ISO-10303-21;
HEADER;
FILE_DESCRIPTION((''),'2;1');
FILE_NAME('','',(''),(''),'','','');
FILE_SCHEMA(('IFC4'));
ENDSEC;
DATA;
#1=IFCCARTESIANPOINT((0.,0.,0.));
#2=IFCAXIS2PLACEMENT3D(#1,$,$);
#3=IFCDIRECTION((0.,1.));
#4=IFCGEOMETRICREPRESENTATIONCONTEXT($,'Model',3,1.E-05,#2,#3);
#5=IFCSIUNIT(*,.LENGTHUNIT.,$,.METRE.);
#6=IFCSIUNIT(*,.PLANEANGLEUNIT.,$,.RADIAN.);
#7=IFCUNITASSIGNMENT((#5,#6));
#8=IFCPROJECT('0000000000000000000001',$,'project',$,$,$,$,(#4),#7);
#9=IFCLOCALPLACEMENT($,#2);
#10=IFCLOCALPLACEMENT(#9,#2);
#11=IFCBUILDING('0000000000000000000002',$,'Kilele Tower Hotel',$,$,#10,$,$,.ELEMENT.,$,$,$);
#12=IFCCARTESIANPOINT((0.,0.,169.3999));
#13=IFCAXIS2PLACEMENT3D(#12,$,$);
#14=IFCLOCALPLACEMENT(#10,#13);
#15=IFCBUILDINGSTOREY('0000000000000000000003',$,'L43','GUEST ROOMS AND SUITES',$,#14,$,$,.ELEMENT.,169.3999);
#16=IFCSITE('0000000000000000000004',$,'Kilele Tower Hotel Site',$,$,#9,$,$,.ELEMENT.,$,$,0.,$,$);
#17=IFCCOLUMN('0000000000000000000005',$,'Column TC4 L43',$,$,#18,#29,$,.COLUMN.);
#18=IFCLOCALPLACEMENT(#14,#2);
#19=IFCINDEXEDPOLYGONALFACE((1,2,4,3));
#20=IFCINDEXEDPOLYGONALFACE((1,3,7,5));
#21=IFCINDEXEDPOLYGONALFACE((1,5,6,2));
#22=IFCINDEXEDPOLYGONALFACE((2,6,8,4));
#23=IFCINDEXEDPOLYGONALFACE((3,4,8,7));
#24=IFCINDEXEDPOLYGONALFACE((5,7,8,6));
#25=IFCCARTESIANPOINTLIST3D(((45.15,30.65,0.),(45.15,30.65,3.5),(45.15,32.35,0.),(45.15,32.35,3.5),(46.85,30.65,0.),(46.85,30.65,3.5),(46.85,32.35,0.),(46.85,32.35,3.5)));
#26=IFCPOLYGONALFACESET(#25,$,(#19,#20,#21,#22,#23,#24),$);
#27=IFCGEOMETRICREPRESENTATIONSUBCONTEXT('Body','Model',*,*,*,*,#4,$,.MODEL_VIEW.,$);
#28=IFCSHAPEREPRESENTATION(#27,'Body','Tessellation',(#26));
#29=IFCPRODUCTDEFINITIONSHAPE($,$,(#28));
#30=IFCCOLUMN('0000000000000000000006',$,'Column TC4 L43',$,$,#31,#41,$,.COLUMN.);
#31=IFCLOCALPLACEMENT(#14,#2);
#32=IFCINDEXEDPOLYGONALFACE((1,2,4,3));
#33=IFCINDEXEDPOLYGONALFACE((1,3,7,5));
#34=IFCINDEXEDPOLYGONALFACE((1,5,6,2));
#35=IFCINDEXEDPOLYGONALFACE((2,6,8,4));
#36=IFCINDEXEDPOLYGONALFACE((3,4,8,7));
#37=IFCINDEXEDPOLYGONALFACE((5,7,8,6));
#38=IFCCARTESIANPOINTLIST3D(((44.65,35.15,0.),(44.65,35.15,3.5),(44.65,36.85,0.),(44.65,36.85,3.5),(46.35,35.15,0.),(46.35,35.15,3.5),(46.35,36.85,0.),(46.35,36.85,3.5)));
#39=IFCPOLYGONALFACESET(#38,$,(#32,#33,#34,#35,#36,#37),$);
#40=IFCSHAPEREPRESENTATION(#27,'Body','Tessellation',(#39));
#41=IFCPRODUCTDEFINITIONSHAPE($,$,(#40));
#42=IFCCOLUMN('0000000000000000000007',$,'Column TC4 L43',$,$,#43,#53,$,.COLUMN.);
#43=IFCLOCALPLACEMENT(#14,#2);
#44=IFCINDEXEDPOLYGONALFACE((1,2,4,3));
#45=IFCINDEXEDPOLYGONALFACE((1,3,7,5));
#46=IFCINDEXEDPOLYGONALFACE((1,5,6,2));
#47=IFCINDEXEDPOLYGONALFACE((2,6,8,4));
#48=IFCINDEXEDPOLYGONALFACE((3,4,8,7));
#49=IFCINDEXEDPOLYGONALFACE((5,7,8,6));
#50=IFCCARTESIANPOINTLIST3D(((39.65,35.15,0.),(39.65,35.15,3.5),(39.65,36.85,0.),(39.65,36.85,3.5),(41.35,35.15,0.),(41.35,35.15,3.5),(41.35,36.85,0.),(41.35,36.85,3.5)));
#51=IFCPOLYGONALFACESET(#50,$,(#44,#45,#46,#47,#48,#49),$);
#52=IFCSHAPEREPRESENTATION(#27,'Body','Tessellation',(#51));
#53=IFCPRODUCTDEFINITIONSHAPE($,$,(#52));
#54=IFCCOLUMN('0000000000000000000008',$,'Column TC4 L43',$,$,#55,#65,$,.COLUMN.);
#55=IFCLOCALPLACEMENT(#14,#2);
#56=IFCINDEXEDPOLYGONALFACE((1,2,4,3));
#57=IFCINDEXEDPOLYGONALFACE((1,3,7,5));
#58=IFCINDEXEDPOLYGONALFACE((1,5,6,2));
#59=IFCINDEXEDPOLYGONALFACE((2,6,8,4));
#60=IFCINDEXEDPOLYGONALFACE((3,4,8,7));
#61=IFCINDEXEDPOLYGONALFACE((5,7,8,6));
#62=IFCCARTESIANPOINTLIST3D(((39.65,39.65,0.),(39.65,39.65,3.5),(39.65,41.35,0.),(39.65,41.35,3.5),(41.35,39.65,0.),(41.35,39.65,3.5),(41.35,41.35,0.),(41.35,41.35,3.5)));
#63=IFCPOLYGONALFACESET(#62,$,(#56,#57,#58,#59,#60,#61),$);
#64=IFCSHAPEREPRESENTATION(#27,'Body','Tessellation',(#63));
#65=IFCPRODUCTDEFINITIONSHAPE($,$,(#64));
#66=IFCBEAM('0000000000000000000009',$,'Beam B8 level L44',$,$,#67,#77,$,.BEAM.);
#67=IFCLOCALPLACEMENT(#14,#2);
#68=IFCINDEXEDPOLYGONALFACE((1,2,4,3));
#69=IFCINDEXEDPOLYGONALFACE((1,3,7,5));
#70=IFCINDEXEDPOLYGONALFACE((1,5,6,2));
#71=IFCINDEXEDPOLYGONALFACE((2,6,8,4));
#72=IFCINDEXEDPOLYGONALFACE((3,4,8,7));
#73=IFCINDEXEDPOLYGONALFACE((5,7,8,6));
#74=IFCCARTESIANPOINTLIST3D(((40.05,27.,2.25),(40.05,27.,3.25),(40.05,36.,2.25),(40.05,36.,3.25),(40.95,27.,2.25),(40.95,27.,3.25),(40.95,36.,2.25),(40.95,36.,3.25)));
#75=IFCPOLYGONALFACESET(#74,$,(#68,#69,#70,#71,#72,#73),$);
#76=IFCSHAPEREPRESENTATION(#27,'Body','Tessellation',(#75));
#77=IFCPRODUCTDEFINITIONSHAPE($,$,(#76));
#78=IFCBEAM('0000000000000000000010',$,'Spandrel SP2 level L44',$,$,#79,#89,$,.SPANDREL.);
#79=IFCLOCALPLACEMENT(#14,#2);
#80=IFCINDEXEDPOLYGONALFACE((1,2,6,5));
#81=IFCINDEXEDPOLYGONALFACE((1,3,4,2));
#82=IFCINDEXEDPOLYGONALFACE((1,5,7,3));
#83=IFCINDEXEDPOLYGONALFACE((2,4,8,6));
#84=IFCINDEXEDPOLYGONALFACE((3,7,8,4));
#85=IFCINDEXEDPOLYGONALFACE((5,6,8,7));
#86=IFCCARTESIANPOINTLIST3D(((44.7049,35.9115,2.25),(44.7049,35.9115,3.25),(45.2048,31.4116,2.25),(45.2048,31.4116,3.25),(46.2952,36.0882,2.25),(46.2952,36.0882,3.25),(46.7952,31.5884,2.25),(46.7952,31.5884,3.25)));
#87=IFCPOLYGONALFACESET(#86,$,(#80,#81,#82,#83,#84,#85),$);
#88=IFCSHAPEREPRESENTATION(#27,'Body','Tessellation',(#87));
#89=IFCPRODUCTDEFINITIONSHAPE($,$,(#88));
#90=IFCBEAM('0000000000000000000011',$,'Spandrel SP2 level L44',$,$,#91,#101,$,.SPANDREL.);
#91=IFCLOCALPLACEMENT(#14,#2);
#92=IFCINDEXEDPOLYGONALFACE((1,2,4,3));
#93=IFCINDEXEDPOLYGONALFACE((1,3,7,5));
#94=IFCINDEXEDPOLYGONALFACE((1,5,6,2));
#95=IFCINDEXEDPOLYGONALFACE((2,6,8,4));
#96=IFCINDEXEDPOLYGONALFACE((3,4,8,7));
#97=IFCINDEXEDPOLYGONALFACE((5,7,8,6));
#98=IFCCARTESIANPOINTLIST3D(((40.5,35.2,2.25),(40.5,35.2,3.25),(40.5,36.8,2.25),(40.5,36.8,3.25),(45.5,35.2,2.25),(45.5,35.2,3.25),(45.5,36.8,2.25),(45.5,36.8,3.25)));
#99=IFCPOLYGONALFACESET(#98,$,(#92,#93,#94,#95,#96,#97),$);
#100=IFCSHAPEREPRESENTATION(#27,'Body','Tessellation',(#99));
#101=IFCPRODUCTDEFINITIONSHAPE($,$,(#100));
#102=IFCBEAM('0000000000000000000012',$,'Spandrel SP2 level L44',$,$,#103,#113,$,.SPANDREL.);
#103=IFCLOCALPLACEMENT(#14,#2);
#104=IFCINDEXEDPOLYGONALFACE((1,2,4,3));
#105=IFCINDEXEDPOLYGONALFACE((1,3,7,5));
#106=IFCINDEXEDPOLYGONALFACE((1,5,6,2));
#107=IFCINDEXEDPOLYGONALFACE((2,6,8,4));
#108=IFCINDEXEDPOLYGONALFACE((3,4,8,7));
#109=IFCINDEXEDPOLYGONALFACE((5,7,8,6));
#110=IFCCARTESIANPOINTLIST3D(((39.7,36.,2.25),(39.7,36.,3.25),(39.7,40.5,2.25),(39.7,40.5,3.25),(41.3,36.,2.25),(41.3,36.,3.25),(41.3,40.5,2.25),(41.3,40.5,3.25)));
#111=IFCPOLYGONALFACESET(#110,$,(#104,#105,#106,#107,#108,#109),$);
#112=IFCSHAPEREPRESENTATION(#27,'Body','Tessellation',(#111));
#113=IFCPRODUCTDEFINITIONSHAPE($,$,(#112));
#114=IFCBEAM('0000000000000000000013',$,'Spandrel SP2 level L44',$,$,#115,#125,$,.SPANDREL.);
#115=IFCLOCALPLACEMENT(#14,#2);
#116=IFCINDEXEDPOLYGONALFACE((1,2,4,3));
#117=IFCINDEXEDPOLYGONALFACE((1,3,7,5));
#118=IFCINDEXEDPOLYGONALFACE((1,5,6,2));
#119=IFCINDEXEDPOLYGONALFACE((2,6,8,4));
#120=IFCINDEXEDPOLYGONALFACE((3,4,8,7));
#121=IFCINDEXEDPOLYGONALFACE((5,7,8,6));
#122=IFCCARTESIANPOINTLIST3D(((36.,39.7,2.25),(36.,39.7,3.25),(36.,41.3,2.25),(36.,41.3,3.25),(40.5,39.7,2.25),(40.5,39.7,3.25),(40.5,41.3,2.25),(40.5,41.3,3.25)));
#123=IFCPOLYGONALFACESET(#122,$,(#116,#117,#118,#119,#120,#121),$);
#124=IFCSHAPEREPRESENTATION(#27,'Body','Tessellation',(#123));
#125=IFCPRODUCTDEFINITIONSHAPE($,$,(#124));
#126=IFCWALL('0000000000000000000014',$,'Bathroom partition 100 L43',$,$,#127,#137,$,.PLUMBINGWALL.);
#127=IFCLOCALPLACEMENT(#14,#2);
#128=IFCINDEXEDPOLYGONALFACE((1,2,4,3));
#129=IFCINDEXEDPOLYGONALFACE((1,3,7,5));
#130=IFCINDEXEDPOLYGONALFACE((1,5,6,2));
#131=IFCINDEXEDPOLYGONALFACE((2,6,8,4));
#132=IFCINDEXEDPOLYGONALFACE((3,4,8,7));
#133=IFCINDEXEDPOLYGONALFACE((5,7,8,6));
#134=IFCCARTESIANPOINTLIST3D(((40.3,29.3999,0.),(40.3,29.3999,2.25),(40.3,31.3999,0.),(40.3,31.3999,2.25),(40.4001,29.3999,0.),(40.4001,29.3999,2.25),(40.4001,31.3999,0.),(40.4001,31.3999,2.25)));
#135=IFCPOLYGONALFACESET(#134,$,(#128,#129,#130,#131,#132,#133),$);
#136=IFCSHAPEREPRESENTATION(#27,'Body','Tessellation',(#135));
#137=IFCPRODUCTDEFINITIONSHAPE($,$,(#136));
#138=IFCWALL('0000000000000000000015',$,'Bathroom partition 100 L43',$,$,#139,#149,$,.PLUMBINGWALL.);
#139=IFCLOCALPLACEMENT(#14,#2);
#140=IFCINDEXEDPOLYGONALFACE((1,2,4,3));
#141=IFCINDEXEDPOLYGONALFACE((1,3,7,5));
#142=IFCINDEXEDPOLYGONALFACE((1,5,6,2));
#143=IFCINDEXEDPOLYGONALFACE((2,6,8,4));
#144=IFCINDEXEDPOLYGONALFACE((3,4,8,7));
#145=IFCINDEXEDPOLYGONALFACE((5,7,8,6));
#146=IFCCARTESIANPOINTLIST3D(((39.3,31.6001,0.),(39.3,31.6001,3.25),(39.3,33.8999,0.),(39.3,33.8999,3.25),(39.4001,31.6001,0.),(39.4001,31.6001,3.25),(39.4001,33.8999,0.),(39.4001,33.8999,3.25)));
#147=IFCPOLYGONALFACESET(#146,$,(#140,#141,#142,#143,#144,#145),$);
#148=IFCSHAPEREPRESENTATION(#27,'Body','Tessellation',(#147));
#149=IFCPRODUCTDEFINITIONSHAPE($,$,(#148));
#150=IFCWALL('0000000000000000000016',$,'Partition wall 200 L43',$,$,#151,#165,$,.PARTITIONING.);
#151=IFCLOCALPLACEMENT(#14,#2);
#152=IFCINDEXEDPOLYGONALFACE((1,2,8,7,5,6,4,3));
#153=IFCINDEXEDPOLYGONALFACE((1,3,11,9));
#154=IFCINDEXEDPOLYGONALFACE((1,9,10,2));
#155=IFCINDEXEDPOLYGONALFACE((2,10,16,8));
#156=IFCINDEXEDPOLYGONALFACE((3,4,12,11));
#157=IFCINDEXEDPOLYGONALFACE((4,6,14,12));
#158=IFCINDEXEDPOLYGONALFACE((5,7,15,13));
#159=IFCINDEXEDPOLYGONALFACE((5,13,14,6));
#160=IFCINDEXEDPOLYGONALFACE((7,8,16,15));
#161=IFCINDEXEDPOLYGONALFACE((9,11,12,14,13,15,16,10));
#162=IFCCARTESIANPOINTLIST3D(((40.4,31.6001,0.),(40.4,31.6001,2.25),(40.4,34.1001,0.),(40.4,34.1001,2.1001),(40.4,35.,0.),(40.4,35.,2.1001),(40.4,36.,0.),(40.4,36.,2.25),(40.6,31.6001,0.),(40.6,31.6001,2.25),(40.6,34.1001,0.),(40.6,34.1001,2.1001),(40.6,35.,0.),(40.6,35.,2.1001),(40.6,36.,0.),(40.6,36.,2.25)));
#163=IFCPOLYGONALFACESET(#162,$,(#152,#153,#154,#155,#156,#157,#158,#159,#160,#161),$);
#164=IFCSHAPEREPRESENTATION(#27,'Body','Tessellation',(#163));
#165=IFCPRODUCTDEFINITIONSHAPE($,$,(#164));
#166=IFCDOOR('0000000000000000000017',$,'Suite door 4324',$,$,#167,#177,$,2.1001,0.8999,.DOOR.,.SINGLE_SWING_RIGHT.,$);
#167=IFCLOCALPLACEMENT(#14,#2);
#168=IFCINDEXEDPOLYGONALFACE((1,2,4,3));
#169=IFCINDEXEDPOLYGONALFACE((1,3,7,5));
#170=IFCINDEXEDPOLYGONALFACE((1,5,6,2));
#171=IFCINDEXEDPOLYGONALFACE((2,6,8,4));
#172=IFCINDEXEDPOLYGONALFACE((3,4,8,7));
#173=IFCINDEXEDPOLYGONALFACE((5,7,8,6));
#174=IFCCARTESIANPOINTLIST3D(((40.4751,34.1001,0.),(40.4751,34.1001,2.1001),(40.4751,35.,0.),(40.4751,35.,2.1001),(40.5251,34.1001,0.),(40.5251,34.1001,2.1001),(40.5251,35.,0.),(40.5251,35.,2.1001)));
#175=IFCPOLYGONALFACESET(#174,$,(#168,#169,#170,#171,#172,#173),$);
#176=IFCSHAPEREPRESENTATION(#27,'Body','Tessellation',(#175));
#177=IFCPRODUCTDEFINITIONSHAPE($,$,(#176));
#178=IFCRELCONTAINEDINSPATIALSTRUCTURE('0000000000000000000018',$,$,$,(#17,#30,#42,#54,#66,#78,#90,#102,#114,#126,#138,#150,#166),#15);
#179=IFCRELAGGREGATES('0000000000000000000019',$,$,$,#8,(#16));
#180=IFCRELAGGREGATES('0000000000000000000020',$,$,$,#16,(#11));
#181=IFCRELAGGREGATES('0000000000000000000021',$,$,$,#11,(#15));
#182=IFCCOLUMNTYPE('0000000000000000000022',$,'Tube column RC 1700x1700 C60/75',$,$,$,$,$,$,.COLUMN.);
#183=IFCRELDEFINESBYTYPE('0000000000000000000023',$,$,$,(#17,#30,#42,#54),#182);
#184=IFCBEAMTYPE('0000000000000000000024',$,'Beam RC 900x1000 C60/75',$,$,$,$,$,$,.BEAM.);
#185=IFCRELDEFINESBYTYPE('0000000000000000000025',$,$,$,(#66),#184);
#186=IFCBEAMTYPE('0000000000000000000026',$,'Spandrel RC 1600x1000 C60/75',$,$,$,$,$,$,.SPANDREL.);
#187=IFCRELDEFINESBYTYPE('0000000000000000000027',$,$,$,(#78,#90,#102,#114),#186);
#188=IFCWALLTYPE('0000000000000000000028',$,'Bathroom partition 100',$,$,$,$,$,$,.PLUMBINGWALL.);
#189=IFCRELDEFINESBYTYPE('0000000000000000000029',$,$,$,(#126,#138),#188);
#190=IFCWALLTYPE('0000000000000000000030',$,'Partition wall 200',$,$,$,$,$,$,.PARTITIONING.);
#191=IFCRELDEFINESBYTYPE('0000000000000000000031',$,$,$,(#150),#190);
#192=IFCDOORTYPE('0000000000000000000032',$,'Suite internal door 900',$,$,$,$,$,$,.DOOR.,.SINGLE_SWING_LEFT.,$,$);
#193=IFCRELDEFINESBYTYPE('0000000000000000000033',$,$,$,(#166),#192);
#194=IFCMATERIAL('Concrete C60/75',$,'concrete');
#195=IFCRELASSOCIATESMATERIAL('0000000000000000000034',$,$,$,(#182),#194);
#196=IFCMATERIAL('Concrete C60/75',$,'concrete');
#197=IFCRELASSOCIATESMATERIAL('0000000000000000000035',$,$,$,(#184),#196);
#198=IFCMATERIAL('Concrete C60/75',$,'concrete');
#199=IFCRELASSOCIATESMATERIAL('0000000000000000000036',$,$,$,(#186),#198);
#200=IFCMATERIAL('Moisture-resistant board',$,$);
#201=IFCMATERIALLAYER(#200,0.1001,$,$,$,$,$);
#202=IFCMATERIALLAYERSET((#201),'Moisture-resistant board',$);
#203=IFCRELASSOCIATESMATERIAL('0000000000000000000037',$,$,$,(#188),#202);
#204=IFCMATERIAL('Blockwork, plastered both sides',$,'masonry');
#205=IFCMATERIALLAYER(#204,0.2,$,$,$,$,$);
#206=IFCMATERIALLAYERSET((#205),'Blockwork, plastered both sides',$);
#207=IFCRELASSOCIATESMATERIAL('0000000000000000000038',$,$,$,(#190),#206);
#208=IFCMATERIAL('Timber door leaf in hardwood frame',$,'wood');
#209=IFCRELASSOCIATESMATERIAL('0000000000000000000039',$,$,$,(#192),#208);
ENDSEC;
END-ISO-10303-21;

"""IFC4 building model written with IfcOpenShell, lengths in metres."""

from ifc_helpers import new_model, si_unit, direction, frame, frame_2d, origin, origin_2d, place, context, subcontext, project, spatial, rectangle, extrude, material, layer, layer_set, material_profile, profile_set, type_object, element, fill, save


model = new_model("IFC4")

# Units and contexts
model_context = context("Model", 3, precision=1e-05, world=origin(), true_north=direction((0.0, 1.0)))
body_context = subcontext(model_context, "Body", "Model", "MODEL_VIEW")
ifc_project = project(units=[si_unit("LENGTHUNIT", "METRE"), si_unit("PLANEANGLEUNIT", "RADIAN")], contexts=[model_context])

# Site, building, storey
site_placement = place(None, origin())
site = spatial("IfcSite", under=ifc_project, at=site_placement, Name="Kilele Tower Hotel Site", CompositionType="ELEMENT", RefElevation=0.0)
building_placement = place(site_placement, origin())
building = spatial("IfcBuilding", under=site, at=building_placement, Name="Kilele Tower Hotel", CompositionType="ELEMENT")
storey_placement = place(building_placement, frame((0.0, 0.0, 169.3999)))
storey = spatial("IfcBuildingStorey", under=building, at=storey_placement, Name="L43", Description="GUEST ROOMS AND SUITES", CompositionType="ELEMENT", Elevation=169.3999)

# Columns
ifc_material_1 = material(Name="Concrete C60/75", Category="concrete")
ifc_material_profile_1 = material_profile(ifc_material_1, rectangle(XDim=1.7, YDim=1.7, at=origin_2d()))
ifc_profile_set_1 = profile_set([ifc_material_profile_1], Name="Concrete C60/75")
column_type = type_object("IfcColumnType", Name="Tube column RC 1700x1700 C60/75", PredefinedType="COLUMN", material=ifc_profile_set_1)
for number, where, z_axis, x_axis, name in (
    (1, (46.0, 31.5, 0.0), (0.0, 0.0, 1.0), (1.0, 0.0, 0.0), "Column TC4 L43"),
    (2, (45.5, 36.0, 0.0), (0.0, 0.0, 1.0), (1.0, 0.0, 0.0), "Column TC4 L43"),
    (3, (40.5, 36.0, 0.0), (0.0, 0.0, 1.0), (1.0, 0.0, 0.0), "Column TC4 L43"),
    (4, (40.5, 40.5, 0.0), (0.0, 0.0, 1.0), (1.0, 0.0, 0.0), "Column TC4 L43"),
):
    element("IfcColumn", number, at=place(storey_placement, frame(where, z_axis=z_axis, x_axis=x_axis)), inside=storey, type_object=column_type, Name=name, PredefinedType="COLUMN", context=body_context, shape_type="SweptSolid", body=[
        extrude(rectangle(XDim=1.7, YDim=1.7, at=origin_2d()), origin(), (0.0, 0.0, 1.0), 3.5),
    ])

# Beams
ifc_material_2 = material(Name="Concrete C60/75", Category="concrete")
ifc_material_profile_2 = material_profile(ifc_material_2, rectangle(XDim=0.8999, YDim=1.0, at=origin_2d()))
ifc_profile_set_2 = profile_set([ifc_material_profile_2], Name="Concrete C60/75")
beam_type_1 = type_object("IfcBeamType", Name="Beam RC 900x1000 C60/75", PredefinedType="BEAM", material=ifc_profile_set_2)
beam_1_placement = place(storey_placement, frame((40.5, 36.0, 2.75), z_axis=(0.0, -1.0, 0.0), x_axis=(1.0, 0.0, 0.0)))
element("IfcBeam", 5, at=beam_1_placement, inside=storey, type_object=beam_type_1, Name="Beam B8 level L44", PredefinedType="BEAM", context=body_context, shape_type="SweptSolid", body=[
    extrude(rectangle(XDim=0.8999, YDim=1.0, at=origin_2d()), origin(), (0.0, 0.0, 1.0), 9.0),
])
ifc_material_3 = material(Name="Concrete C60/75", Category="concrete")
ifc_material_profile_3 = material_profile(ifc_material_3, rectangle(XDim=1.6001, YDim=1.0, at=origin_2d()))
ifc_profile_set_3 = profile_set([ifc_material_profile_3], Name="Concrete C60/75")
beam_type_2 = type_object("IfcBeamType", Name="Spandrel RC 1600x1000 C60/75", PredefinedType="SPANDREL", material=ifc_profile_set_3)
beam_2_placement = place(storey_placement, frame((46.0, 31.5, 2.75), z_axis=(-0.110432, 0.993884, 0.0), x_axis=(-0.993884, -0.110432, 0.0)))
element("IfcBeam", 6, at=beam_2_placement, inside=storey, type_object=beam_type_2, Name="Spandrel SP2 level L44", PredefinedType="SPANDREL", context=body_context, shape_type="SweptSolid", body=[
    extrude(rectangle(XDim=1.6001, YDim=1.0, at=origin_2d()), origin(), (0.0, 0.0, 1.0), 4.5276),
])
beam_3_placement = place(storey_placement, frame((45.5, 36.0, 2.75), z_axis=(-1.0, 0.0, 0.0), x_axis=(0.0, -1.0, 0.0)))
element("IfcBeam", 7, at=beam_3_placement, inside=storey, type_object=beam_type_2, Name="Spandrel SP2 level L44", PredefinedType="SPANDREL", context=body_context, shape_type="SweptSolid", body=[
    extrude(rectangle(XDim=1.6001, YDim=1.0, at=origin_2d()), origin(), (0.0, 0.0, 1.0), 5.0),
])
for number, where, z_axis, x_axis, name in (
    (8, (40.5, 36.0, 2.75), (0.0, 1.0, 0.0), (-1.0, 0.0, 0.0), "Spandrel SP2 level L44"),
    (9, (40.5, 40.5, 2.75), (-1.0, 0.0, 0.0), (0.0, -1.0, 0.0), "Spandrel SP2 level L44"),
):
    element("IfcBeam", number, at=place(storey_placement, frame(where, z_axis=z_axis, x_axis=x_axis)), inside=storey, type_object=beam_type_2, Name=name, PredefinedType="SPANDREL", context=body_context, shape_type="SweptSolid", body=[
        extrude(rectangle(XDim=1.6001, YDim=1.0, at=origin_2d()), origin(), (0.0, 0.0, 1.0), 4.5),
    ])

# Walls
ifc_material_4 = material(Name="Moisture-resistant board")
ifc_layer_1 = layer(ifc_material_4, 0.1001)
ifc_layer_set_1 = layer_set([ifc_layer_1], Name="Moisture-resistant board")
wall_type_1 = type_object("IfcWallType", Name="Bathroom partition 100", PredefinedType="PLUMBINGWALL", material=ifc_layer_set_1)
wall_1_placement = place(storey_placement, frame((40.3501, 31.3999, 0.0), z_axis=(0.0, 0.0, 1.0), x_axis=(0.0, -1.0, 0.0)))
element("IfcWall", 10, at=wall_1_placement, inside=storey, type_object=wall_type_1, Name="Bathroom partition 100 L43", PredefinedType="PLUMBINGWALL", context=body_context, shape_type="SweptSolid", body=[
    extrude(rectangle(XDim=2.0, YDim=0.1001, at=frame_2d((1.0, 0.0))), origin(), (0.0, 0.0, 1.0), 2.25),
])
wall_2_placement = place(storey_placement, frame((39.3501, 31.6001, 0.0), z_axis=(0.0, 0.0, 1.0), x_axis=(0.0, 1.0, 0.0)))
element("IfcWall", 11, at=wall_2_placement, inside=storey, type_object=wall_type_1, Name="Bathroom partition 100 L43", PredefinedType="PLUMBINGWALL", context=body_context, shape_type="SweptSolid", body=[
    extrude(rectangle(XDim=2.2998, YDim=0.1001, at=frame_2d((1.1499, 0.0))), origin(), (0.0, 0.0, 1.0), 3.25),
])

# Wall, opening, door
ifc_material_5 = material(Name="Blockwork, plastered both sides", Category="masonry")
ifc_layer_2 = layer(ifc_material_5, 0.2)
ifc_layer_set_2 = layer_set([ifc_layer_2], Name="Blockwork, plastered both sides")
wall_type_2 = type_object("IfcWallType", Name="Partition wall 200", PredefinedType="PARTITIONING", material=ifc_layer_set_2)
wall_3_placement = place(storey_placement, frame((40.5, 31.6001, 0.0), z_axis=(0.0, 0.0, 1.0), x_axis=(0.0, 1.0, 0.0)))
wall_3 = element("IfcWall", 12, at=wall_3_placement, inside=storey, type_object=wall_type_2, Name="Partition wall 200 L43", PredefinedType="PARTITIONING", context=body_context, shape_type="SweptSolid", body=[
    extrude(rectangle(XDim=4.3999, YDim=0.2, at=frame_2d((2.2, 0.0))), origin(), (0.0, 0.0, 1.0), 2.25),
])
opening_1_placement = place(wall_3_placement, frame((2.5, 0.0, 0.0)))
opening_1 = element("IfcOpeningElement", 13, at=opening_1_placement, cuts=wall_3, PredefinedType="OPENING", context=body_context, shape_type="SweptSolid", body=[
    extrude(rectangle(XDim=0.8999, YDim=2.1001, at=frame_2d((0.45, 1.05))), frame((0.0, 0.1099, 0.0), z_axis=(0.0, -1.0, 0.0), x_axis=(1.0, 0.0, 0.0)), (0.0, 0.0, 1.0), 0.22),
])
ifc_material_6 = material(Name="Timber door leaf in hardwood frame", Category="wood")
door_type = type_object("IfcDoorType", Name="Suite internal door 900", OperationType="SINGLE_SWING_LEFT", PredefinedType="DOOR", material=ifc_material_6)
door_placement = place(opening_1_placement, origin())
door = element("IfcDoor", 14, at=door_placement, inside=storey, type_object=door_type, Name="Suite door 4324", OperationType="SINGLE_SWING_RIGHT", OverallHeight=2.1001, OverallWidth=0.8999, PredefinedType="DOOR", context=body_context, shape_type="SweptSolid", body=[
    extrude(rectangle(XDim=0.8999, YDim=2.1001, at=frame_2d((0.45, 1.05))), frame((0.0, 0.0249, 0.0), z_axis=(0.0, -1.0, 0.0), x_axis=(1.0, 0.0, 0.0)), (0.0, 0.0, 1.0), 0.05),
])
fill(opening_1, door)

save(model, "model.ifc")
